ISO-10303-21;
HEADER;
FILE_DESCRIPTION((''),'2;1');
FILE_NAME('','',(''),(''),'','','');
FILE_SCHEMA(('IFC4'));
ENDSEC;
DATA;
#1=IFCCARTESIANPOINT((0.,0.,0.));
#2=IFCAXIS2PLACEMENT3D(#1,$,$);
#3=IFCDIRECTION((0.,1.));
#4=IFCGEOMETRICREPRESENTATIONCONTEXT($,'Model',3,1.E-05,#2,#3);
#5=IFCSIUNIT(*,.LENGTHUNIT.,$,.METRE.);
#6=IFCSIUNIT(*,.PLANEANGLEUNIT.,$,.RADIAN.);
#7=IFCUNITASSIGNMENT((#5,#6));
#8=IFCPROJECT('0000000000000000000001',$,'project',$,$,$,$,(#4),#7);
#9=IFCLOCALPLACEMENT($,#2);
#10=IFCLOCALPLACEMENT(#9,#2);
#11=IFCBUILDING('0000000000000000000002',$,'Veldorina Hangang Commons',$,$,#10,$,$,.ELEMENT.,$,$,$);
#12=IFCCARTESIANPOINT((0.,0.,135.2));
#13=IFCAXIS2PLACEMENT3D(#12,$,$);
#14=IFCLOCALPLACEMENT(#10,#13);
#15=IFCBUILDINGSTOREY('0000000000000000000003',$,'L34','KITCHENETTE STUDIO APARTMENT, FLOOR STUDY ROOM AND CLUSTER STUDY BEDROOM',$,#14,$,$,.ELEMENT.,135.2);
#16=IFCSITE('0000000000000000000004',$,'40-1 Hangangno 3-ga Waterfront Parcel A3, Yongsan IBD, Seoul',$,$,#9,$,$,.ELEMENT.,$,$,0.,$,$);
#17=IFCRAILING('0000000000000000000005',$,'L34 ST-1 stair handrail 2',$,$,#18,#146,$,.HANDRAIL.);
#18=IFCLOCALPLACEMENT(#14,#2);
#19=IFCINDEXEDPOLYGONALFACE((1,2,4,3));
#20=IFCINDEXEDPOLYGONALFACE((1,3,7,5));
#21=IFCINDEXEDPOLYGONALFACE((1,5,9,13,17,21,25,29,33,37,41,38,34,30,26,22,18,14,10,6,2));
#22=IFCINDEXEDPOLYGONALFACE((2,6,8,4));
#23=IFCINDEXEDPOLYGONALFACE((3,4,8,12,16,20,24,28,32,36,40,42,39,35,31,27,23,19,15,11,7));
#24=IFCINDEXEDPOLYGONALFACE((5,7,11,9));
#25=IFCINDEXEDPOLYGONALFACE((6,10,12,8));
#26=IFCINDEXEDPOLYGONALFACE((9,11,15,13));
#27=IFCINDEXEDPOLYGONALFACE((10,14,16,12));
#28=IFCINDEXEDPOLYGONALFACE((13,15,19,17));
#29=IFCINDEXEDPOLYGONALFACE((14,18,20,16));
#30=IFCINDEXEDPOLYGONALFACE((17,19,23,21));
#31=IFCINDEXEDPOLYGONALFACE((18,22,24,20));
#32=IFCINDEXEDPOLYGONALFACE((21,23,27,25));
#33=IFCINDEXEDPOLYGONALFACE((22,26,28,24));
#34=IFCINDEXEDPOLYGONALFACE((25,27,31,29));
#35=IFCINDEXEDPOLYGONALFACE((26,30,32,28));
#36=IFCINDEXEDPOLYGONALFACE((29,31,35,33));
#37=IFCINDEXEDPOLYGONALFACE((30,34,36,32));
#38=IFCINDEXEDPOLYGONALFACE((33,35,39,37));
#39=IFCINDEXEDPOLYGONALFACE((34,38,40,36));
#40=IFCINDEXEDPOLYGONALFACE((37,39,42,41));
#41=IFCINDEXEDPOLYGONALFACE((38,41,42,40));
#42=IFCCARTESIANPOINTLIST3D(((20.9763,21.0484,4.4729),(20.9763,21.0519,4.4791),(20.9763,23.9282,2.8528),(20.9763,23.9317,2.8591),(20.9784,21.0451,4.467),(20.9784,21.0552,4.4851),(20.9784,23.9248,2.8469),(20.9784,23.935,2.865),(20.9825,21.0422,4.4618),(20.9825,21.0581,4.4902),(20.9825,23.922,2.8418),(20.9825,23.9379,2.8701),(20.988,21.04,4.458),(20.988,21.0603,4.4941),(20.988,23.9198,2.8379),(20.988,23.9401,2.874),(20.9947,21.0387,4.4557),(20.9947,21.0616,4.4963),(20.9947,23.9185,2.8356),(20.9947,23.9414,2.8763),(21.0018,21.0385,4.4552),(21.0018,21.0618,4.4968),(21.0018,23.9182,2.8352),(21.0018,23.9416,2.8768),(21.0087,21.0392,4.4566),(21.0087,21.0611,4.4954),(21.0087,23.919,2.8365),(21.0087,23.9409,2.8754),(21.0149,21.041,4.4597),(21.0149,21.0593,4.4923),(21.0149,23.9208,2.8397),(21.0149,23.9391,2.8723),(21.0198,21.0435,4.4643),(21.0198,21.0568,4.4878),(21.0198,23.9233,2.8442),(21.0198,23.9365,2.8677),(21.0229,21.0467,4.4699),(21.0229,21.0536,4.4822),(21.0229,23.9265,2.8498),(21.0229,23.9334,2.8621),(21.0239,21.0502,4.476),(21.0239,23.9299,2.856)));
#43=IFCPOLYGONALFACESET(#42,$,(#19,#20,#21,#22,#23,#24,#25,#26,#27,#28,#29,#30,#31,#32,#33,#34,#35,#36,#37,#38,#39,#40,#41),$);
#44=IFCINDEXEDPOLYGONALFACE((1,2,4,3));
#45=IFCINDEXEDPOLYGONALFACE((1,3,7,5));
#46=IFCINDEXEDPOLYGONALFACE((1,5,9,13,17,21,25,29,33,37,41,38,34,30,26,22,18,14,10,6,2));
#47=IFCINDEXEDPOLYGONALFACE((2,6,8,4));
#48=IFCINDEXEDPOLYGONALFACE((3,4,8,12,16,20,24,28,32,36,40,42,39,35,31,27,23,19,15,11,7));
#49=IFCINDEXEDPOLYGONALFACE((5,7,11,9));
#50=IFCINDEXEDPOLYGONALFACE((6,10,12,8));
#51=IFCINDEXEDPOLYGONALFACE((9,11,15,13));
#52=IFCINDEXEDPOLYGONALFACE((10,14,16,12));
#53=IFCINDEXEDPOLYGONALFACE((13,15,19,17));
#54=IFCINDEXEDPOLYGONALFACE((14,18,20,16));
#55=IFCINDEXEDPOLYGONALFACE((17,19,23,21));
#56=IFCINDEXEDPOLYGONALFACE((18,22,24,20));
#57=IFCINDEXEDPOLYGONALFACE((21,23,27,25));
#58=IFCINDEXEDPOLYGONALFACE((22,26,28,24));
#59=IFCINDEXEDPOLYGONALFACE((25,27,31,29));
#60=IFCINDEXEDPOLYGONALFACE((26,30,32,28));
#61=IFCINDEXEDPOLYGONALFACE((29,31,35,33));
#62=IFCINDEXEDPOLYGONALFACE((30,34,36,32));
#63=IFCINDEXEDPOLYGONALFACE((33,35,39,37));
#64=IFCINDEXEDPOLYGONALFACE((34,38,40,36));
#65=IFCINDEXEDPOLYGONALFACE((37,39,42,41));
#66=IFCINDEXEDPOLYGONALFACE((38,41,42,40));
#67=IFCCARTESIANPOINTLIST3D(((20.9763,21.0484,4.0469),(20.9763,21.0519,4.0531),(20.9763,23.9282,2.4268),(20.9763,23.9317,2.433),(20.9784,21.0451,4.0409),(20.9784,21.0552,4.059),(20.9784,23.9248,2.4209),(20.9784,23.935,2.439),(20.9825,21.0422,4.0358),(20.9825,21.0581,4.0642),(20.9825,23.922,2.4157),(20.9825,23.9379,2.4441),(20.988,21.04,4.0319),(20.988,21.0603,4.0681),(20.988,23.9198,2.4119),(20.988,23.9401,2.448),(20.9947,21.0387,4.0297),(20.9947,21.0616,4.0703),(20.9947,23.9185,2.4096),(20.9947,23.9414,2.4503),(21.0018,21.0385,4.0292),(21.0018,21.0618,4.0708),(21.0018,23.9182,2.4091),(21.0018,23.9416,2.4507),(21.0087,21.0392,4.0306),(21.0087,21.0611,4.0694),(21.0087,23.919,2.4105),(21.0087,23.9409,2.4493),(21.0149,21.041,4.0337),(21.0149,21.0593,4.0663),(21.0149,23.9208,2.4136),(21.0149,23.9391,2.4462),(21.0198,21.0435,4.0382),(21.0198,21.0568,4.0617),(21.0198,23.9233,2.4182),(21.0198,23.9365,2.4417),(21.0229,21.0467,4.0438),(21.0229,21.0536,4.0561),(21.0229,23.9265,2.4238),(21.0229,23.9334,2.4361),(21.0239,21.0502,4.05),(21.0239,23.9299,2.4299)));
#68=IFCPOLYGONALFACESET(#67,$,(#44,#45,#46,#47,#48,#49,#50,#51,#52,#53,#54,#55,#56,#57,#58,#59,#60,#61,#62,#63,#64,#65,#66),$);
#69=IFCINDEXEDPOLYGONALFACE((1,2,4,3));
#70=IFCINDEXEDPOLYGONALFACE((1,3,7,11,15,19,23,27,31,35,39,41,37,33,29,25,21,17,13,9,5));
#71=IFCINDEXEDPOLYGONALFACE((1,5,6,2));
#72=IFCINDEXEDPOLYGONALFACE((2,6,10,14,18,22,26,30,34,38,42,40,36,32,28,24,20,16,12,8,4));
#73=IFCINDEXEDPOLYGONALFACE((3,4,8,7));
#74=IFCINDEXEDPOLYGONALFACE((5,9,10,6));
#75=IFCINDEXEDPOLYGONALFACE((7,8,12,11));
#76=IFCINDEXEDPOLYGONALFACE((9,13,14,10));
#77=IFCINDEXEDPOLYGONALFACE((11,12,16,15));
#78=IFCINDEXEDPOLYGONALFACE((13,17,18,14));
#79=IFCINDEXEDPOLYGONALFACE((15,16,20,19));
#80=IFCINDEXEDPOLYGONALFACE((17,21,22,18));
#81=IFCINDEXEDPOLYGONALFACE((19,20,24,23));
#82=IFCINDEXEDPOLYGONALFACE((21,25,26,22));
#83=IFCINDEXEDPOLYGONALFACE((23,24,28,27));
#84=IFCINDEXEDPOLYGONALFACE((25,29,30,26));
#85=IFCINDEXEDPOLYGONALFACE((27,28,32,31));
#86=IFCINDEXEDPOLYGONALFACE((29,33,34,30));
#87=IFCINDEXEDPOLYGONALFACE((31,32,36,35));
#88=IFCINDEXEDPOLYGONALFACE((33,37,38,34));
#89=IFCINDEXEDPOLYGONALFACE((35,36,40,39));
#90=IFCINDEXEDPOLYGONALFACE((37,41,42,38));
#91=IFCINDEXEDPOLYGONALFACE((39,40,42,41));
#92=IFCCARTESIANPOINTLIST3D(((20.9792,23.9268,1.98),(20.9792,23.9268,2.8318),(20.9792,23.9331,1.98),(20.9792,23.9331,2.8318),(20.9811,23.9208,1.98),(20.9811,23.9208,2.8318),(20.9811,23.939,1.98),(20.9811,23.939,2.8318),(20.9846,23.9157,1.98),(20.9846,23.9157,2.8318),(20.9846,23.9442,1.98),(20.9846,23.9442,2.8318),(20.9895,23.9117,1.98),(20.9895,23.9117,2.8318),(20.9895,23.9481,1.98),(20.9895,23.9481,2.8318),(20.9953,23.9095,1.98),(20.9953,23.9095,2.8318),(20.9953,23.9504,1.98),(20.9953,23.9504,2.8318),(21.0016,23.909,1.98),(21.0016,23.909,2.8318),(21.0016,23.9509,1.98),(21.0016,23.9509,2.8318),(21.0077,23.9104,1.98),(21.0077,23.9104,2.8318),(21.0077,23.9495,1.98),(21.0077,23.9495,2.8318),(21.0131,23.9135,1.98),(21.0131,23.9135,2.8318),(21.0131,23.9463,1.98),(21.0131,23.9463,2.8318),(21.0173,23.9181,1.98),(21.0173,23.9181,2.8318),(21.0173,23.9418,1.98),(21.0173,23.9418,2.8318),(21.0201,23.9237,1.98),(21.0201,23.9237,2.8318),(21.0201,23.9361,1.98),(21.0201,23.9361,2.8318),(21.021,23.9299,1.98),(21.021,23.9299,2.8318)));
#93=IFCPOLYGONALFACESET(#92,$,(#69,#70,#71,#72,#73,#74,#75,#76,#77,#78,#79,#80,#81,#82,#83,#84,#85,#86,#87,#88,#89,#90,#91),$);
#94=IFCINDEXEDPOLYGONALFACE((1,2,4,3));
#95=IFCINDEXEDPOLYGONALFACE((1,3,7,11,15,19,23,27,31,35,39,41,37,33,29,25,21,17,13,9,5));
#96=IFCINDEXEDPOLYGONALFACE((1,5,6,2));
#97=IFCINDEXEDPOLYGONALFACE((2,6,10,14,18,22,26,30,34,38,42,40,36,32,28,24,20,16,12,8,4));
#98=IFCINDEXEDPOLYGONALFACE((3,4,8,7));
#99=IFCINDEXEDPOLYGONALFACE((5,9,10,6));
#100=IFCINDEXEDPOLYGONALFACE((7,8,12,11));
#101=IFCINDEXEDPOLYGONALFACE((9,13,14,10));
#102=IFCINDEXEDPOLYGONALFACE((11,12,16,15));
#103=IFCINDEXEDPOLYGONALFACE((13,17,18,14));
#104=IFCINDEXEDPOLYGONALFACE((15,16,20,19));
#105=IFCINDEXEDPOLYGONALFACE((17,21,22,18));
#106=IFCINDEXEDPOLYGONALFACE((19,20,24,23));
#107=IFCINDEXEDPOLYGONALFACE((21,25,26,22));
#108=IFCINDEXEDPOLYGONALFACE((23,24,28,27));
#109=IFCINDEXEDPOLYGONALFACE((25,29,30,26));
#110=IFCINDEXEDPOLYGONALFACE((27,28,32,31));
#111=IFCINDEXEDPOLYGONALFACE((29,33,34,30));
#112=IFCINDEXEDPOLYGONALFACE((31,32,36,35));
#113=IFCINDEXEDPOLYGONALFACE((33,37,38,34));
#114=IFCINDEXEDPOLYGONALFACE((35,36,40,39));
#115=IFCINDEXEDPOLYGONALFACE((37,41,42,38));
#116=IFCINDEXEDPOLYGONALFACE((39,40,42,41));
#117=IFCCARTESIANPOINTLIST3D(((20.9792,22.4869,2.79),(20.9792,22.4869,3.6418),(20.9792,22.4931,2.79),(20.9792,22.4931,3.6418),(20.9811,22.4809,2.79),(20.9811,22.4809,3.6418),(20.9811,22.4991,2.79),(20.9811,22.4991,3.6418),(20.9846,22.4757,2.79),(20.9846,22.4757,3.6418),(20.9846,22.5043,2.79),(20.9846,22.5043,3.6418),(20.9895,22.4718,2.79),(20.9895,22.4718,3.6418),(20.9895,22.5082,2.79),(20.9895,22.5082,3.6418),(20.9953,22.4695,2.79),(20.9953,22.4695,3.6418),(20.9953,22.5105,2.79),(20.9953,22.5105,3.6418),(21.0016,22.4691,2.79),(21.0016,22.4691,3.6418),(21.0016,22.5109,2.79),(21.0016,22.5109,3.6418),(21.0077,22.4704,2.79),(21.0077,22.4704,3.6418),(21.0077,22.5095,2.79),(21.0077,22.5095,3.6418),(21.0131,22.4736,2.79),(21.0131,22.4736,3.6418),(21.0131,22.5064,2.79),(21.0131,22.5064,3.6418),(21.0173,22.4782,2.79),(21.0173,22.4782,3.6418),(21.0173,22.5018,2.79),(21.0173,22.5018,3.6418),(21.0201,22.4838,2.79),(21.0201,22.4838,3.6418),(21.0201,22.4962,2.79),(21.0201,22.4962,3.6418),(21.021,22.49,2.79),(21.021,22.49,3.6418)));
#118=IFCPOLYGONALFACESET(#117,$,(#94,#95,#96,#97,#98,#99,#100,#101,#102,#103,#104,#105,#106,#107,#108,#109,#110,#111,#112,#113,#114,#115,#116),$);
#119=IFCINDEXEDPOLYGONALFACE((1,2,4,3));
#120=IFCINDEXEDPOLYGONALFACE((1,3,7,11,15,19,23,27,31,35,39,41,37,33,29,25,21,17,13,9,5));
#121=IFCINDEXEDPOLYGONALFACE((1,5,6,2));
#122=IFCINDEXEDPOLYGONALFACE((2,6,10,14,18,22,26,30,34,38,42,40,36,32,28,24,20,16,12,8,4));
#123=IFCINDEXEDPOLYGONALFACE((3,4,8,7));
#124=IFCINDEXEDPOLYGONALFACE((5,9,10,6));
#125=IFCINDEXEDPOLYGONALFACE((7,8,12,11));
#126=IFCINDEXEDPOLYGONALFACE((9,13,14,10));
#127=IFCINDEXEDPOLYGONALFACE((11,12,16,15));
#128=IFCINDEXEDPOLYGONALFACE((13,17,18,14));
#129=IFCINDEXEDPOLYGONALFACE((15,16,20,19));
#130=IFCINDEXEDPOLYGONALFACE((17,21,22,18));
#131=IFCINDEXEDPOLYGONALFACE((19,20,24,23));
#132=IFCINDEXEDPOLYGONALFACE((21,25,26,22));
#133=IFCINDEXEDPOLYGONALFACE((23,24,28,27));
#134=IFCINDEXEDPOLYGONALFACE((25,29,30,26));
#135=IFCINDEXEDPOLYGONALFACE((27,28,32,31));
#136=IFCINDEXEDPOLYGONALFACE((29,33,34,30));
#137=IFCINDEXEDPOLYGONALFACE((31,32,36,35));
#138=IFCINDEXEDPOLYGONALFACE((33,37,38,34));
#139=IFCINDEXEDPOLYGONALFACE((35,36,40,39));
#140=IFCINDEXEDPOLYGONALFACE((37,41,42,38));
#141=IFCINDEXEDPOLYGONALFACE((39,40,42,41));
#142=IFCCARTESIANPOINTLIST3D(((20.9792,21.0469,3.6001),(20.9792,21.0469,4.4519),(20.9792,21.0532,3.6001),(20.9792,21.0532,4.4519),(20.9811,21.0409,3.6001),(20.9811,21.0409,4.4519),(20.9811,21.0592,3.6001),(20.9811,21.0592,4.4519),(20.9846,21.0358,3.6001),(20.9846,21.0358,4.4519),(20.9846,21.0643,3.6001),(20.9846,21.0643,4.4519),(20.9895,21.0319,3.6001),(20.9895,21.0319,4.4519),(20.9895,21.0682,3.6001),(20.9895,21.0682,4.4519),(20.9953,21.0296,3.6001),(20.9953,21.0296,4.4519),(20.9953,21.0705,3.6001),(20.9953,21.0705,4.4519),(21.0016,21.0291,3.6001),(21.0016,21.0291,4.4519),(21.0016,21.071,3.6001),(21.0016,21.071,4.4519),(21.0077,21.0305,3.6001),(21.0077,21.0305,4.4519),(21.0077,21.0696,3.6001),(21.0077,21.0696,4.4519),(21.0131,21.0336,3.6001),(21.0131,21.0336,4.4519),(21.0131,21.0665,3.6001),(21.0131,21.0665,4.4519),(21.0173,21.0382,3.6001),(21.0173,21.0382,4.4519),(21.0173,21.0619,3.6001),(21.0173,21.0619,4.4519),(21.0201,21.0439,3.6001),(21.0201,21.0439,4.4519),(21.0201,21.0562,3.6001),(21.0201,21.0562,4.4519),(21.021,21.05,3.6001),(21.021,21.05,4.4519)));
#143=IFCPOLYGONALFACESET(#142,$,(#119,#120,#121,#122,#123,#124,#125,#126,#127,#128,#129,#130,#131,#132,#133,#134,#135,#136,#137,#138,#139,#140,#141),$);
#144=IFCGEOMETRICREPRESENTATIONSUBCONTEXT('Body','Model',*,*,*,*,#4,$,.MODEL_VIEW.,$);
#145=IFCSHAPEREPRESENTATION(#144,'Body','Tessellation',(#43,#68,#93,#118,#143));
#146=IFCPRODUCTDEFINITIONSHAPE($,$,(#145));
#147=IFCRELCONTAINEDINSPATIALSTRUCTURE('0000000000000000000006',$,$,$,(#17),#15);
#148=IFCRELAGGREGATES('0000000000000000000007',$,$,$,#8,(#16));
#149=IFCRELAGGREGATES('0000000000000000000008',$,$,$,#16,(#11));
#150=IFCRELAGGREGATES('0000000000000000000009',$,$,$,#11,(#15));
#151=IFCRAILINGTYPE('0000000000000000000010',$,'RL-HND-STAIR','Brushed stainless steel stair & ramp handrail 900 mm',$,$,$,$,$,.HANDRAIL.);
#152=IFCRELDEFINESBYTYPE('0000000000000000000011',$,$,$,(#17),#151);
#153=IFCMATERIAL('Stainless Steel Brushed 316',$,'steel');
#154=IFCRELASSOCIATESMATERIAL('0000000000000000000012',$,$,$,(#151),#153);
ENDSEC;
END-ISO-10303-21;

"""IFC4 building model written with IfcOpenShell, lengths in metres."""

from ifc_helpers import new_model, si_unit, direction, frame, origin, origin_2d, place, context, subcontext, project, spatial, circle, extrude, material, type_object, element, save


model = new_model("IFC4")

# Units and contexts
model_context = context("Model", 3, precision=1e-05, world=origin(), true_north=direction((0.0, 1.0)))
body_context = subcontext(model_context, "Body", "Model", "MODEL_VIEW")
ifc_project = project(units=[si_unit("LENGTHUNIT", "METRE"), si_unit("PLANEANGLEUNIT", "RADIAN")], contexts=[model_context])

# Site, building, storey
site_placement = place(None, origin())
site = spatial("IfcSite", under=ifc_project, at=site_placement, Name="40-1 Hangangno 3-ga Waterfront Parcel A3, Yongsan IBD, Seoul", CompositionType="ELEMENT", RefElevation=0.0)
building_placement = place(site_placement, origin())
building = spatial("IfcBuilding", under=site, at=building_placement, Name="Veldorina Hangang Commons", CompositionType="ELEMENT")
storey_placement = place(building_placement, frame((0.0, 0.0, 135.2)))
storey = spatial("IfcBuildingStorey", under=building, at=storey_placement, Name="L34", Description="KITCHENETTE STUDIO APARTMENT, FLOOR STUDY ROOM AND CLUSTER STUDY BEDROOM", CompositionType="ELEMENT", Elevation=135.2)

# Railing
ifc_material_1 = material(Name="Stainless Steel Brushed 316", Category="steel")
railing_type_1 = type_object("IfcRailingType", Name="RL-HND-STAIR", Description="Brushed stainless steel stair & ramp handrail 900 mm", PredefinedType="HANDRAIL", material=ifc_material_1)
railing_1_placement = place(storey_placement, frame((21.0, 23.9299, 1.98)))
element("IfcRailing", 1, at=railing_1_placement, inside=storey, type_object=railing_type_1, Name="L34 ST-1 stair handrail 2", PredefinedType="HANDRAIL", context=body_context, shape_type="SweptSolid", body=[
    extrude(circle(Radius=0.0239, at=origin_2d()), frame((0.0, 0.0, 0.876), z_axis=(0.0, -0.871552, 0.490303), x_axis=(1.0, 0.0, 0.0)), (0.0, 0.0, 1.0), 3.3042),
    extrude(circle(Radius=0.0239, at=origin_2d()), frame((0.0, 0.0, 0.45), z_axis=(0.0, -0.871552, 0.490303), x_axis=(1.0, 0.0, 0.0)), (0.0, 0.0, 1.0), 3.3042),
    extrude(circle(Radius=0.021, at=origin_2d()), origin(), (0.0, 0.0, 1.0), 0.8518),
    extrude(circle(Radius=0.021, at=origin_2d()), frame((0.0, -1.4399, 0.8101)), (0.0, 0.0, 1.0), 0.8518),
    extrude(circle(Radius=0.021, at=origin_2d()), frame((0.0, -2.8799, 1.6201)), (0.0, 0.0, 1.0), 0.8518),
])

save(model, "model.ifc")
